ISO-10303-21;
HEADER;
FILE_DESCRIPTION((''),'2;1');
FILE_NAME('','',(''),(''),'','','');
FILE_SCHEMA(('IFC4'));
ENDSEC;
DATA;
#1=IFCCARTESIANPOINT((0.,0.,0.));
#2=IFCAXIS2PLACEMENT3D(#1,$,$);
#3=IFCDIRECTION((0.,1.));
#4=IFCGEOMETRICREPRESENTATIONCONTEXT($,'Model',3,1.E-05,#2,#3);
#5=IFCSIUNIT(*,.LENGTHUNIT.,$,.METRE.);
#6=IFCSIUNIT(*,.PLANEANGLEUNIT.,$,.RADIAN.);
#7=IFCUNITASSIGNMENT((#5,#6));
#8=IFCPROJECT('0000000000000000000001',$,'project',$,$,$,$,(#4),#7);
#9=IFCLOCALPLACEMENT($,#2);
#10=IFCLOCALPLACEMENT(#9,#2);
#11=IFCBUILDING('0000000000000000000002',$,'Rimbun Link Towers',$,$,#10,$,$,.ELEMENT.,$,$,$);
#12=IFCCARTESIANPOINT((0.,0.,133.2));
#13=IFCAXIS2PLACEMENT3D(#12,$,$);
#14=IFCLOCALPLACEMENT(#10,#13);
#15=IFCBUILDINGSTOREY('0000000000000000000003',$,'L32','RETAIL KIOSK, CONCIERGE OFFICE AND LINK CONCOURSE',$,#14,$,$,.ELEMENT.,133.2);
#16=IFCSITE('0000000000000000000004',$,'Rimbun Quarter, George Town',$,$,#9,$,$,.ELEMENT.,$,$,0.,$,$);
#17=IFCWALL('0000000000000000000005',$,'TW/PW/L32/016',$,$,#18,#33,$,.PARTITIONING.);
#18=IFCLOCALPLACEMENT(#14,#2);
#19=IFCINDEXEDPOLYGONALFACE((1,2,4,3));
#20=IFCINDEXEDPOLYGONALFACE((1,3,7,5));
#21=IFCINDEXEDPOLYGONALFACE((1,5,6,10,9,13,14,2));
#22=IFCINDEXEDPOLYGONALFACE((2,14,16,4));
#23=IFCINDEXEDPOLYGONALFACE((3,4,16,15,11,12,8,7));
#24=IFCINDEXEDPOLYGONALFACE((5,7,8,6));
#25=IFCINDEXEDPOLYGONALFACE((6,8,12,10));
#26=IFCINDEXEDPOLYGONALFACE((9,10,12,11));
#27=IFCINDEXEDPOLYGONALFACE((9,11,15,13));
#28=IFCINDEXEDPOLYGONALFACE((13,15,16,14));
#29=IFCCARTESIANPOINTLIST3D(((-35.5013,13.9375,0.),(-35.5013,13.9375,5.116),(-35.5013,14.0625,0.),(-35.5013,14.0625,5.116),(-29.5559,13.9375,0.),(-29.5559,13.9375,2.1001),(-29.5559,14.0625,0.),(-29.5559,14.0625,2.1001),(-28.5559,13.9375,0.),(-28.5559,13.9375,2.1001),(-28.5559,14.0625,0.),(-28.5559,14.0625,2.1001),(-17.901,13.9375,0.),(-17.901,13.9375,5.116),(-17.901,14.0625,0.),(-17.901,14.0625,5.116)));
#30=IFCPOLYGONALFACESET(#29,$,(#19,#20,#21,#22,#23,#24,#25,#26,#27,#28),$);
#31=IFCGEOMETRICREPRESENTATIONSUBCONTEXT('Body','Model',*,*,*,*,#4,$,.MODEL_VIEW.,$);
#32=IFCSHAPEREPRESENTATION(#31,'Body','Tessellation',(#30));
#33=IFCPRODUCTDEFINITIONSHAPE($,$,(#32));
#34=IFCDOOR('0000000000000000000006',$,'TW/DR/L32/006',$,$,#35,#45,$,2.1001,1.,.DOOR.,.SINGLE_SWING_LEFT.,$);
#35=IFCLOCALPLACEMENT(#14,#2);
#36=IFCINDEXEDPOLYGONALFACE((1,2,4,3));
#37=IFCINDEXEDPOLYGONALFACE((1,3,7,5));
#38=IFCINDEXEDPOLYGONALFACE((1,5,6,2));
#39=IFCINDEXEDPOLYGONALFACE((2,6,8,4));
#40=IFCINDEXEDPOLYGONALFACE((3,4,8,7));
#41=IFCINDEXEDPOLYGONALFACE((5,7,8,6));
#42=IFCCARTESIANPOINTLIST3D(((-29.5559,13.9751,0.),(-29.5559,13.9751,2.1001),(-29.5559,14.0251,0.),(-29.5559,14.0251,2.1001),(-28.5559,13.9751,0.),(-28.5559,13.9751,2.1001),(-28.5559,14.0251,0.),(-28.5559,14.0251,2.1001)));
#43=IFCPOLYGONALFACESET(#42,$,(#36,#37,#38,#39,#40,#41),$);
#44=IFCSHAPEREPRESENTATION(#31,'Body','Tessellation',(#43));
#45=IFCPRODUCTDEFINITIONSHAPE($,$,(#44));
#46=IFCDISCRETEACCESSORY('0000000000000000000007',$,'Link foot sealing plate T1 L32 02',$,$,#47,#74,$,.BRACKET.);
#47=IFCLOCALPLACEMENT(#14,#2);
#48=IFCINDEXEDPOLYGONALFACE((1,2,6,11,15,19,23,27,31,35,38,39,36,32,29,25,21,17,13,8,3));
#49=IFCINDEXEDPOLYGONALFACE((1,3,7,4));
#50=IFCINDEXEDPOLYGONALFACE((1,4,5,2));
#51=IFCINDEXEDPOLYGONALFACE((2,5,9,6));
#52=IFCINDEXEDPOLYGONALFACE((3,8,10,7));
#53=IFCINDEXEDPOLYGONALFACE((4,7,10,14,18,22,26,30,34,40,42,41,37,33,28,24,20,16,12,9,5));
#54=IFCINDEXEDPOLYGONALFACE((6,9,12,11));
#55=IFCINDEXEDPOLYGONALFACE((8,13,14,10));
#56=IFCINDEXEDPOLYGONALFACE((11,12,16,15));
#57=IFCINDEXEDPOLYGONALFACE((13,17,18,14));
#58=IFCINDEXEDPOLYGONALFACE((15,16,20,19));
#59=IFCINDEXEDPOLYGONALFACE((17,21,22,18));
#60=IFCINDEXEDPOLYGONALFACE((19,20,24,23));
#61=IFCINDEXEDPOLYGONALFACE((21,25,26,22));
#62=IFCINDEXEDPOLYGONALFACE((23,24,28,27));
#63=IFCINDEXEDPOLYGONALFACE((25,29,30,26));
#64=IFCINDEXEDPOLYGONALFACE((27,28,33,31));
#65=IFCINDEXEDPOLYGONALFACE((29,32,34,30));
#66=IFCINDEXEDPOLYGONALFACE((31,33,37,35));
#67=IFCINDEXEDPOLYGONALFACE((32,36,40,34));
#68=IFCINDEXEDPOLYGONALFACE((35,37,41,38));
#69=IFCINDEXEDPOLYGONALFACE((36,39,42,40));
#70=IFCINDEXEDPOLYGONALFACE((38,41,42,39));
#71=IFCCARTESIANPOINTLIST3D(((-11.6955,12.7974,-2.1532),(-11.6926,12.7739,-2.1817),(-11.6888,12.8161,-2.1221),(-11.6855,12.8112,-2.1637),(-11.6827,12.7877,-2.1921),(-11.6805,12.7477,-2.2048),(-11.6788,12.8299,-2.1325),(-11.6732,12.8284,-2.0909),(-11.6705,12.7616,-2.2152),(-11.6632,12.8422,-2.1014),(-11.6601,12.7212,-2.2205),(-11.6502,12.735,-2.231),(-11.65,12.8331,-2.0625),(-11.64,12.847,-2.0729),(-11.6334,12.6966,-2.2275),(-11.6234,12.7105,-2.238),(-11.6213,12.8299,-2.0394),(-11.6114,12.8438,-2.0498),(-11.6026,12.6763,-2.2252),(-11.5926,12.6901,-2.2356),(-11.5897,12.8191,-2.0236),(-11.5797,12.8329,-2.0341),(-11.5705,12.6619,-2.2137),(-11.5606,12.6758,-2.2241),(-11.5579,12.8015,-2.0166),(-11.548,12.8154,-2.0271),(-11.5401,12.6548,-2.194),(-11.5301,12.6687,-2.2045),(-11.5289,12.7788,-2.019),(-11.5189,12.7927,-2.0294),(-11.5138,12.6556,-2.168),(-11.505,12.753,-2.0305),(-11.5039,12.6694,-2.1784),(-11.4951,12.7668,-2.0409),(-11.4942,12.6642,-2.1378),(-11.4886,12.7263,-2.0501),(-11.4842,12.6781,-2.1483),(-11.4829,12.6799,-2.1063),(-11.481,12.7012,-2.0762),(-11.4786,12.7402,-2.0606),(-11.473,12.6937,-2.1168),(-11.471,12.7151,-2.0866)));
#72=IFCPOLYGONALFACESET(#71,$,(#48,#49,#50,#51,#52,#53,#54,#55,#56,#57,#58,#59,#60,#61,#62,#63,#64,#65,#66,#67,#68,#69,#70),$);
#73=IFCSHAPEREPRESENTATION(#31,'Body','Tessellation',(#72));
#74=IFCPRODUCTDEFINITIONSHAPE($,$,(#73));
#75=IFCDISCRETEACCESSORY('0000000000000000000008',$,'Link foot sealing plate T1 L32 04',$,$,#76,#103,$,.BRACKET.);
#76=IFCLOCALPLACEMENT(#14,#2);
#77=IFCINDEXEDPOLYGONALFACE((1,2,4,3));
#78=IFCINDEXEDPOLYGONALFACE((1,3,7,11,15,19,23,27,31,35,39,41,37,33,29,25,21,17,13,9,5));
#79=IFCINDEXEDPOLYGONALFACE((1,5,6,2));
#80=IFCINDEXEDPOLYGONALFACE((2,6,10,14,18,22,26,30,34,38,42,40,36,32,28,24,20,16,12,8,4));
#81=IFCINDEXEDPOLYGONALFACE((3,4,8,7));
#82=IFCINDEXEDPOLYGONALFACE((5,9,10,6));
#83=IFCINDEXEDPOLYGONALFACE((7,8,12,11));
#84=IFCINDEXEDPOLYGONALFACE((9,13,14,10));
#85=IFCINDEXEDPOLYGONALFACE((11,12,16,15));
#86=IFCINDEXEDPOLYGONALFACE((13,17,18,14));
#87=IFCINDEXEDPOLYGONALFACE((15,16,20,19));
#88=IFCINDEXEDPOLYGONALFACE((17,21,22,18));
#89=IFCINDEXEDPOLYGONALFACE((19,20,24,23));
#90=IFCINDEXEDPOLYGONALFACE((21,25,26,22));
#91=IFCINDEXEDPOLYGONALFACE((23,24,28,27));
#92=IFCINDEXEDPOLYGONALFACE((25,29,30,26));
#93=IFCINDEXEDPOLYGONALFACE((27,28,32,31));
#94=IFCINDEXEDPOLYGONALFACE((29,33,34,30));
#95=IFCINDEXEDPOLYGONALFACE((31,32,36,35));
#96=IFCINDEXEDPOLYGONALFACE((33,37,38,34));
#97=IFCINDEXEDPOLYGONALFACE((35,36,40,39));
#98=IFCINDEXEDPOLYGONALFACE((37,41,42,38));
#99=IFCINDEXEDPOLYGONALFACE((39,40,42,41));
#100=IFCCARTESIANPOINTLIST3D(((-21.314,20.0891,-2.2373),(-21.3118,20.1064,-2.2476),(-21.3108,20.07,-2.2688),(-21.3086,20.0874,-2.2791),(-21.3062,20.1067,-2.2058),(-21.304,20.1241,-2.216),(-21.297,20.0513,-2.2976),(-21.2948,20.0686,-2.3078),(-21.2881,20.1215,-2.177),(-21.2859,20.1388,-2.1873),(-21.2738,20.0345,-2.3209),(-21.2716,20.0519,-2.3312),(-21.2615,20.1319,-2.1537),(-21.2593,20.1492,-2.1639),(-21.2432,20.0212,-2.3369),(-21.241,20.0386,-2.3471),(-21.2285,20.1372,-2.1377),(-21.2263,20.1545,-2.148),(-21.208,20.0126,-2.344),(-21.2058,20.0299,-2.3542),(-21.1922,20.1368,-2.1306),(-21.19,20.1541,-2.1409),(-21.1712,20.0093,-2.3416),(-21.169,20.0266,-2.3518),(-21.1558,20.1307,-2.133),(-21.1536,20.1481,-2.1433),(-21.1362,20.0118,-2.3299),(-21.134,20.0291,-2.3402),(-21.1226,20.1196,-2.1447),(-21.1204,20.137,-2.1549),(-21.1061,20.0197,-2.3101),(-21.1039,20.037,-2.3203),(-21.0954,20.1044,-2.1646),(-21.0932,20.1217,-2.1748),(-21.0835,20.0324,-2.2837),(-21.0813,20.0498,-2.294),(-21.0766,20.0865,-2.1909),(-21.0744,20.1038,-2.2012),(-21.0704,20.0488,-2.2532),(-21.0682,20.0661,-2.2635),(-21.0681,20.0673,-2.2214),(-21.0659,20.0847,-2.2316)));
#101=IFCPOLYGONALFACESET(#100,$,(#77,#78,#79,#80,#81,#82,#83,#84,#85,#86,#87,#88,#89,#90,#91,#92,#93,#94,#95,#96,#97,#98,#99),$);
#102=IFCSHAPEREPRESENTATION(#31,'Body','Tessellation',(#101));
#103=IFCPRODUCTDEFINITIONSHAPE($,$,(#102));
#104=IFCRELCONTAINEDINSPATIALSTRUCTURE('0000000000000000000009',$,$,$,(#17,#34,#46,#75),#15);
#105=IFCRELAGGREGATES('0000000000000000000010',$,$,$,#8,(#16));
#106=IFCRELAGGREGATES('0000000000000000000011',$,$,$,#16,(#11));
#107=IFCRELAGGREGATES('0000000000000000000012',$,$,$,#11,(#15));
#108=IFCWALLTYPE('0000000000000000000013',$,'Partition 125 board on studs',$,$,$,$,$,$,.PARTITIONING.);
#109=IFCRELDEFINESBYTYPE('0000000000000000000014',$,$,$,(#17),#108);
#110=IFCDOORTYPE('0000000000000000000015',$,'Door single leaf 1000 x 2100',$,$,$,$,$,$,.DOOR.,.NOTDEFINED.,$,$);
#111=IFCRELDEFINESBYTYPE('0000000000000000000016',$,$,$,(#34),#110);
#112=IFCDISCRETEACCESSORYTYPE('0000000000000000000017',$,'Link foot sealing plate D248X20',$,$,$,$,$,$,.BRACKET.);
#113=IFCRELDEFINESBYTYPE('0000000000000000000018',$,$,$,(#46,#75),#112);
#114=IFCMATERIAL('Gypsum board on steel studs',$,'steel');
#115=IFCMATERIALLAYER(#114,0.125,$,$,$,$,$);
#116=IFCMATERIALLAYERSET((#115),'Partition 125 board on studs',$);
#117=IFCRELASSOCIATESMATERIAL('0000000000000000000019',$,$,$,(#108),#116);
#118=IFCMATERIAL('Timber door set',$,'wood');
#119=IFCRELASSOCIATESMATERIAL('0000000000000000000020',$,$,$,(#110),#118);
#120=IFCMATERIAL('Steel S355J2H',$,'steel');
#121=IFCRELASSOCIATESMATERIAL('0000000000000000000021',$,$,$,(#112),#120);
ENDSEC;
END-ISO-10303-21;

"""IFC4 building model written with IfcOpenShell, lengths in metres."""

from ifc_helpers import new_model, si_unit, direction, frame, frame_2d, origin, origin_2d, place, context, subcontext, project, spatial, rectangle, circle, extrude, material, layer, layer_set, material_profile, profile_set, type_object, element, fill, save


model = new_model("IFC4")

# Units and contexts
model_context = context("Model", 3, precision=1e-05, world=origin(), true_north=direction((0.0, 1.0)))
body_context = subcontext(model_context, "Body", "Model", "MODEL_VIEW")
ifc_project = project(units=[si_unit("LENGTHUNIT", "METRE"), si_unit("PLANEANGLEUNIT", "RADIAN")], contexts=[model_context])

# Site, building, storey
site_placement = place(None, origin())
site = spatial("IfcSite", under=ifc_project, at=site_placement, Name="Rimbun Quarter, George Town", CompositionType="ELEMENT", RefElevation=0.0)
building_placement = place(site_placement, origin())
building = spatial("IfcBuilding", under=site, at=building_placement, Name="Rimbun Link Towers", CompositionType="ELEMENT")
storey_placement = place(building_placement, frame((0.0, 0.0, 133.2)))
storey = spatial("IfcBuildingStorey", under=building, at=storey_placement, Name="L32", Description="RETAIL KIOSK, CONCIERGE OFFICE AND LINK CONCOURSE", CompositionType="ELEMENT", Elevation=133.2)

# Shared definitions
ifc_material_1 = material(Name="Gypsum board on steel studs", Category="steel")
ifc_layer_1 = layer(ifc_material_1, 0.125)
ifc_layer_set_1 = layer_set([ifc_layer_1], Name="Partition 125 board on studs")
wall_type = type_object("IfcWallType", Name="Partition 125 board on studs", PredefinedType="PARTITIONING", material=ifc_layer_set_1)

# Wall, opening, door
wall_1_placement = place(storey_placement, frame((-17.9009, 14.0, 0.0), z_axis=(0.0, 0.0, 1.0), x_axis=(-1.0, 0.0, 0.0)))
wall_1 = element("IfcWall", 1, at=wall_1_placement, inside=storey, type_object=wall_type, Name="TW/PW/L32/016", PredefinedType="PARTITIONING", context=body_context, shape_type="SweptSolid", body=[
    extrude(rectangle(XDim=17.6003, YDim=0.125, at=frame_2d((8.8003, 0.0))), origin(), (0.0, 0.0, 1.0), 5.116),
])
opening_placement = place(wall_1_placement, frame((10.655, 0.0, 0.0)))
opening = element("IfcOpeningElement", 2, at=opening_placement, cuts=wall_1, PredefinedType="OPENING", context=body_context, shape_type="SweptSolid", body=[
    extrude(rectangle(XDim=1.0, YDim=2.1001, at=frame_2d((0.5, 1.05))), frame((0.0, 0.0725, 0.0), z_axis=(0.0, -1.0, 0.0), x_axis=(1.0, 0.0, 0.0)), (0.0, 0.0, 1.0), 0.145),
])
ifc_material_2 = material(Name="Timber door set", Category="wood")
door_type = type_object("IfcDoorType", Name="Door single leaf 1000 x 2100", OperationType="NOTDEFINED", PredefinedType="DOOR", material=ifc_material_2)
door_placement = place(opening_placement, origin())
door = element("IfcDoor", 3, at=door_placement, inside=storey, type_object=door_type, Name="TW/DR/L32/006", OperationType="SINGLE_SWING_LEFT", OverallHeight=2.1001, OverallWidth=1.0, PredefinedType="DOOR", context=body_context, shape_type="SweptSolid", body=[
    extrude(rectangle(XDim=1.0, YDim=2.1001, at=frame_2d((0.5, 1.05))), frame((0.0, 0.0249, 0.0), z_axis=(0.0, -1.0, 0.0), x_axis=(1.0, 0.0, 0.0)), (0.0, 0.0, 1.0), 0.05),
])
fill(opening, door)

# Discrete accessories
ifc_material_3 = material(Name="Steel S355J2H", Category="steel")
ifc_material_profile_1 = material_profile(ifc_material_3, circle(Radius=0.124, at=origin_2d()), Name="PL D248")
ifc_profile_set_1 = profile_set([ifc_material_profile_1], Name="Steel S355J2H")
discrete_accessory_type = type_object("IfcDiscreteAccessoryType", Name="Link foot sealing plate D248X20", PredefinedType="BRACKET", material=ifc_profile_set_1)
discrete_accessory_1_placement = place(storey_placement, frame((-11.5881, 12.7437, -2.1221), z_axis=(0.497968, 0.692296, -0.522259), x_axis=(-0.811804, 0.583929, 0.0)))
element("IfcDiscreteAccessory", 4, at=discrete_accessory_1_placement, inside=storey, type_object=discrete_accessory_type, Name="Link foot sealing plate T1 L32 02", PredefinedType="BRACKET", context=body_context, shape_type="SweptSolid", body=[
    extrude(circle(Radius=0.124, at=origin_2d()), origin(), (0.0, 0.0, 1.0), 0.02),
])
discrete_accessory_2_placement = place(storey_placement, frame((-21.1909, 20.0735, -2.2373), z_axis=(0.108457, 0.855608, -0.506134), x_axis=(-0.992061, 0.125754, 0.0)))
element("IfcDiscreteAccessory", 5, at=discrete_accessory_2_placement, inside=storey, type_object=discrete_accessory_type, Name="Link foot sealing plate T1 L32 04", PredefinedType="BRACKET", context=body_context, shape_type="SweptSolid", body=[
    extrude(circle(Radius=0.124, at=origin_2d()), origin(), (0.0, 0.0, 1.0), 0.0203),
])

save(model, "model.ifc")
